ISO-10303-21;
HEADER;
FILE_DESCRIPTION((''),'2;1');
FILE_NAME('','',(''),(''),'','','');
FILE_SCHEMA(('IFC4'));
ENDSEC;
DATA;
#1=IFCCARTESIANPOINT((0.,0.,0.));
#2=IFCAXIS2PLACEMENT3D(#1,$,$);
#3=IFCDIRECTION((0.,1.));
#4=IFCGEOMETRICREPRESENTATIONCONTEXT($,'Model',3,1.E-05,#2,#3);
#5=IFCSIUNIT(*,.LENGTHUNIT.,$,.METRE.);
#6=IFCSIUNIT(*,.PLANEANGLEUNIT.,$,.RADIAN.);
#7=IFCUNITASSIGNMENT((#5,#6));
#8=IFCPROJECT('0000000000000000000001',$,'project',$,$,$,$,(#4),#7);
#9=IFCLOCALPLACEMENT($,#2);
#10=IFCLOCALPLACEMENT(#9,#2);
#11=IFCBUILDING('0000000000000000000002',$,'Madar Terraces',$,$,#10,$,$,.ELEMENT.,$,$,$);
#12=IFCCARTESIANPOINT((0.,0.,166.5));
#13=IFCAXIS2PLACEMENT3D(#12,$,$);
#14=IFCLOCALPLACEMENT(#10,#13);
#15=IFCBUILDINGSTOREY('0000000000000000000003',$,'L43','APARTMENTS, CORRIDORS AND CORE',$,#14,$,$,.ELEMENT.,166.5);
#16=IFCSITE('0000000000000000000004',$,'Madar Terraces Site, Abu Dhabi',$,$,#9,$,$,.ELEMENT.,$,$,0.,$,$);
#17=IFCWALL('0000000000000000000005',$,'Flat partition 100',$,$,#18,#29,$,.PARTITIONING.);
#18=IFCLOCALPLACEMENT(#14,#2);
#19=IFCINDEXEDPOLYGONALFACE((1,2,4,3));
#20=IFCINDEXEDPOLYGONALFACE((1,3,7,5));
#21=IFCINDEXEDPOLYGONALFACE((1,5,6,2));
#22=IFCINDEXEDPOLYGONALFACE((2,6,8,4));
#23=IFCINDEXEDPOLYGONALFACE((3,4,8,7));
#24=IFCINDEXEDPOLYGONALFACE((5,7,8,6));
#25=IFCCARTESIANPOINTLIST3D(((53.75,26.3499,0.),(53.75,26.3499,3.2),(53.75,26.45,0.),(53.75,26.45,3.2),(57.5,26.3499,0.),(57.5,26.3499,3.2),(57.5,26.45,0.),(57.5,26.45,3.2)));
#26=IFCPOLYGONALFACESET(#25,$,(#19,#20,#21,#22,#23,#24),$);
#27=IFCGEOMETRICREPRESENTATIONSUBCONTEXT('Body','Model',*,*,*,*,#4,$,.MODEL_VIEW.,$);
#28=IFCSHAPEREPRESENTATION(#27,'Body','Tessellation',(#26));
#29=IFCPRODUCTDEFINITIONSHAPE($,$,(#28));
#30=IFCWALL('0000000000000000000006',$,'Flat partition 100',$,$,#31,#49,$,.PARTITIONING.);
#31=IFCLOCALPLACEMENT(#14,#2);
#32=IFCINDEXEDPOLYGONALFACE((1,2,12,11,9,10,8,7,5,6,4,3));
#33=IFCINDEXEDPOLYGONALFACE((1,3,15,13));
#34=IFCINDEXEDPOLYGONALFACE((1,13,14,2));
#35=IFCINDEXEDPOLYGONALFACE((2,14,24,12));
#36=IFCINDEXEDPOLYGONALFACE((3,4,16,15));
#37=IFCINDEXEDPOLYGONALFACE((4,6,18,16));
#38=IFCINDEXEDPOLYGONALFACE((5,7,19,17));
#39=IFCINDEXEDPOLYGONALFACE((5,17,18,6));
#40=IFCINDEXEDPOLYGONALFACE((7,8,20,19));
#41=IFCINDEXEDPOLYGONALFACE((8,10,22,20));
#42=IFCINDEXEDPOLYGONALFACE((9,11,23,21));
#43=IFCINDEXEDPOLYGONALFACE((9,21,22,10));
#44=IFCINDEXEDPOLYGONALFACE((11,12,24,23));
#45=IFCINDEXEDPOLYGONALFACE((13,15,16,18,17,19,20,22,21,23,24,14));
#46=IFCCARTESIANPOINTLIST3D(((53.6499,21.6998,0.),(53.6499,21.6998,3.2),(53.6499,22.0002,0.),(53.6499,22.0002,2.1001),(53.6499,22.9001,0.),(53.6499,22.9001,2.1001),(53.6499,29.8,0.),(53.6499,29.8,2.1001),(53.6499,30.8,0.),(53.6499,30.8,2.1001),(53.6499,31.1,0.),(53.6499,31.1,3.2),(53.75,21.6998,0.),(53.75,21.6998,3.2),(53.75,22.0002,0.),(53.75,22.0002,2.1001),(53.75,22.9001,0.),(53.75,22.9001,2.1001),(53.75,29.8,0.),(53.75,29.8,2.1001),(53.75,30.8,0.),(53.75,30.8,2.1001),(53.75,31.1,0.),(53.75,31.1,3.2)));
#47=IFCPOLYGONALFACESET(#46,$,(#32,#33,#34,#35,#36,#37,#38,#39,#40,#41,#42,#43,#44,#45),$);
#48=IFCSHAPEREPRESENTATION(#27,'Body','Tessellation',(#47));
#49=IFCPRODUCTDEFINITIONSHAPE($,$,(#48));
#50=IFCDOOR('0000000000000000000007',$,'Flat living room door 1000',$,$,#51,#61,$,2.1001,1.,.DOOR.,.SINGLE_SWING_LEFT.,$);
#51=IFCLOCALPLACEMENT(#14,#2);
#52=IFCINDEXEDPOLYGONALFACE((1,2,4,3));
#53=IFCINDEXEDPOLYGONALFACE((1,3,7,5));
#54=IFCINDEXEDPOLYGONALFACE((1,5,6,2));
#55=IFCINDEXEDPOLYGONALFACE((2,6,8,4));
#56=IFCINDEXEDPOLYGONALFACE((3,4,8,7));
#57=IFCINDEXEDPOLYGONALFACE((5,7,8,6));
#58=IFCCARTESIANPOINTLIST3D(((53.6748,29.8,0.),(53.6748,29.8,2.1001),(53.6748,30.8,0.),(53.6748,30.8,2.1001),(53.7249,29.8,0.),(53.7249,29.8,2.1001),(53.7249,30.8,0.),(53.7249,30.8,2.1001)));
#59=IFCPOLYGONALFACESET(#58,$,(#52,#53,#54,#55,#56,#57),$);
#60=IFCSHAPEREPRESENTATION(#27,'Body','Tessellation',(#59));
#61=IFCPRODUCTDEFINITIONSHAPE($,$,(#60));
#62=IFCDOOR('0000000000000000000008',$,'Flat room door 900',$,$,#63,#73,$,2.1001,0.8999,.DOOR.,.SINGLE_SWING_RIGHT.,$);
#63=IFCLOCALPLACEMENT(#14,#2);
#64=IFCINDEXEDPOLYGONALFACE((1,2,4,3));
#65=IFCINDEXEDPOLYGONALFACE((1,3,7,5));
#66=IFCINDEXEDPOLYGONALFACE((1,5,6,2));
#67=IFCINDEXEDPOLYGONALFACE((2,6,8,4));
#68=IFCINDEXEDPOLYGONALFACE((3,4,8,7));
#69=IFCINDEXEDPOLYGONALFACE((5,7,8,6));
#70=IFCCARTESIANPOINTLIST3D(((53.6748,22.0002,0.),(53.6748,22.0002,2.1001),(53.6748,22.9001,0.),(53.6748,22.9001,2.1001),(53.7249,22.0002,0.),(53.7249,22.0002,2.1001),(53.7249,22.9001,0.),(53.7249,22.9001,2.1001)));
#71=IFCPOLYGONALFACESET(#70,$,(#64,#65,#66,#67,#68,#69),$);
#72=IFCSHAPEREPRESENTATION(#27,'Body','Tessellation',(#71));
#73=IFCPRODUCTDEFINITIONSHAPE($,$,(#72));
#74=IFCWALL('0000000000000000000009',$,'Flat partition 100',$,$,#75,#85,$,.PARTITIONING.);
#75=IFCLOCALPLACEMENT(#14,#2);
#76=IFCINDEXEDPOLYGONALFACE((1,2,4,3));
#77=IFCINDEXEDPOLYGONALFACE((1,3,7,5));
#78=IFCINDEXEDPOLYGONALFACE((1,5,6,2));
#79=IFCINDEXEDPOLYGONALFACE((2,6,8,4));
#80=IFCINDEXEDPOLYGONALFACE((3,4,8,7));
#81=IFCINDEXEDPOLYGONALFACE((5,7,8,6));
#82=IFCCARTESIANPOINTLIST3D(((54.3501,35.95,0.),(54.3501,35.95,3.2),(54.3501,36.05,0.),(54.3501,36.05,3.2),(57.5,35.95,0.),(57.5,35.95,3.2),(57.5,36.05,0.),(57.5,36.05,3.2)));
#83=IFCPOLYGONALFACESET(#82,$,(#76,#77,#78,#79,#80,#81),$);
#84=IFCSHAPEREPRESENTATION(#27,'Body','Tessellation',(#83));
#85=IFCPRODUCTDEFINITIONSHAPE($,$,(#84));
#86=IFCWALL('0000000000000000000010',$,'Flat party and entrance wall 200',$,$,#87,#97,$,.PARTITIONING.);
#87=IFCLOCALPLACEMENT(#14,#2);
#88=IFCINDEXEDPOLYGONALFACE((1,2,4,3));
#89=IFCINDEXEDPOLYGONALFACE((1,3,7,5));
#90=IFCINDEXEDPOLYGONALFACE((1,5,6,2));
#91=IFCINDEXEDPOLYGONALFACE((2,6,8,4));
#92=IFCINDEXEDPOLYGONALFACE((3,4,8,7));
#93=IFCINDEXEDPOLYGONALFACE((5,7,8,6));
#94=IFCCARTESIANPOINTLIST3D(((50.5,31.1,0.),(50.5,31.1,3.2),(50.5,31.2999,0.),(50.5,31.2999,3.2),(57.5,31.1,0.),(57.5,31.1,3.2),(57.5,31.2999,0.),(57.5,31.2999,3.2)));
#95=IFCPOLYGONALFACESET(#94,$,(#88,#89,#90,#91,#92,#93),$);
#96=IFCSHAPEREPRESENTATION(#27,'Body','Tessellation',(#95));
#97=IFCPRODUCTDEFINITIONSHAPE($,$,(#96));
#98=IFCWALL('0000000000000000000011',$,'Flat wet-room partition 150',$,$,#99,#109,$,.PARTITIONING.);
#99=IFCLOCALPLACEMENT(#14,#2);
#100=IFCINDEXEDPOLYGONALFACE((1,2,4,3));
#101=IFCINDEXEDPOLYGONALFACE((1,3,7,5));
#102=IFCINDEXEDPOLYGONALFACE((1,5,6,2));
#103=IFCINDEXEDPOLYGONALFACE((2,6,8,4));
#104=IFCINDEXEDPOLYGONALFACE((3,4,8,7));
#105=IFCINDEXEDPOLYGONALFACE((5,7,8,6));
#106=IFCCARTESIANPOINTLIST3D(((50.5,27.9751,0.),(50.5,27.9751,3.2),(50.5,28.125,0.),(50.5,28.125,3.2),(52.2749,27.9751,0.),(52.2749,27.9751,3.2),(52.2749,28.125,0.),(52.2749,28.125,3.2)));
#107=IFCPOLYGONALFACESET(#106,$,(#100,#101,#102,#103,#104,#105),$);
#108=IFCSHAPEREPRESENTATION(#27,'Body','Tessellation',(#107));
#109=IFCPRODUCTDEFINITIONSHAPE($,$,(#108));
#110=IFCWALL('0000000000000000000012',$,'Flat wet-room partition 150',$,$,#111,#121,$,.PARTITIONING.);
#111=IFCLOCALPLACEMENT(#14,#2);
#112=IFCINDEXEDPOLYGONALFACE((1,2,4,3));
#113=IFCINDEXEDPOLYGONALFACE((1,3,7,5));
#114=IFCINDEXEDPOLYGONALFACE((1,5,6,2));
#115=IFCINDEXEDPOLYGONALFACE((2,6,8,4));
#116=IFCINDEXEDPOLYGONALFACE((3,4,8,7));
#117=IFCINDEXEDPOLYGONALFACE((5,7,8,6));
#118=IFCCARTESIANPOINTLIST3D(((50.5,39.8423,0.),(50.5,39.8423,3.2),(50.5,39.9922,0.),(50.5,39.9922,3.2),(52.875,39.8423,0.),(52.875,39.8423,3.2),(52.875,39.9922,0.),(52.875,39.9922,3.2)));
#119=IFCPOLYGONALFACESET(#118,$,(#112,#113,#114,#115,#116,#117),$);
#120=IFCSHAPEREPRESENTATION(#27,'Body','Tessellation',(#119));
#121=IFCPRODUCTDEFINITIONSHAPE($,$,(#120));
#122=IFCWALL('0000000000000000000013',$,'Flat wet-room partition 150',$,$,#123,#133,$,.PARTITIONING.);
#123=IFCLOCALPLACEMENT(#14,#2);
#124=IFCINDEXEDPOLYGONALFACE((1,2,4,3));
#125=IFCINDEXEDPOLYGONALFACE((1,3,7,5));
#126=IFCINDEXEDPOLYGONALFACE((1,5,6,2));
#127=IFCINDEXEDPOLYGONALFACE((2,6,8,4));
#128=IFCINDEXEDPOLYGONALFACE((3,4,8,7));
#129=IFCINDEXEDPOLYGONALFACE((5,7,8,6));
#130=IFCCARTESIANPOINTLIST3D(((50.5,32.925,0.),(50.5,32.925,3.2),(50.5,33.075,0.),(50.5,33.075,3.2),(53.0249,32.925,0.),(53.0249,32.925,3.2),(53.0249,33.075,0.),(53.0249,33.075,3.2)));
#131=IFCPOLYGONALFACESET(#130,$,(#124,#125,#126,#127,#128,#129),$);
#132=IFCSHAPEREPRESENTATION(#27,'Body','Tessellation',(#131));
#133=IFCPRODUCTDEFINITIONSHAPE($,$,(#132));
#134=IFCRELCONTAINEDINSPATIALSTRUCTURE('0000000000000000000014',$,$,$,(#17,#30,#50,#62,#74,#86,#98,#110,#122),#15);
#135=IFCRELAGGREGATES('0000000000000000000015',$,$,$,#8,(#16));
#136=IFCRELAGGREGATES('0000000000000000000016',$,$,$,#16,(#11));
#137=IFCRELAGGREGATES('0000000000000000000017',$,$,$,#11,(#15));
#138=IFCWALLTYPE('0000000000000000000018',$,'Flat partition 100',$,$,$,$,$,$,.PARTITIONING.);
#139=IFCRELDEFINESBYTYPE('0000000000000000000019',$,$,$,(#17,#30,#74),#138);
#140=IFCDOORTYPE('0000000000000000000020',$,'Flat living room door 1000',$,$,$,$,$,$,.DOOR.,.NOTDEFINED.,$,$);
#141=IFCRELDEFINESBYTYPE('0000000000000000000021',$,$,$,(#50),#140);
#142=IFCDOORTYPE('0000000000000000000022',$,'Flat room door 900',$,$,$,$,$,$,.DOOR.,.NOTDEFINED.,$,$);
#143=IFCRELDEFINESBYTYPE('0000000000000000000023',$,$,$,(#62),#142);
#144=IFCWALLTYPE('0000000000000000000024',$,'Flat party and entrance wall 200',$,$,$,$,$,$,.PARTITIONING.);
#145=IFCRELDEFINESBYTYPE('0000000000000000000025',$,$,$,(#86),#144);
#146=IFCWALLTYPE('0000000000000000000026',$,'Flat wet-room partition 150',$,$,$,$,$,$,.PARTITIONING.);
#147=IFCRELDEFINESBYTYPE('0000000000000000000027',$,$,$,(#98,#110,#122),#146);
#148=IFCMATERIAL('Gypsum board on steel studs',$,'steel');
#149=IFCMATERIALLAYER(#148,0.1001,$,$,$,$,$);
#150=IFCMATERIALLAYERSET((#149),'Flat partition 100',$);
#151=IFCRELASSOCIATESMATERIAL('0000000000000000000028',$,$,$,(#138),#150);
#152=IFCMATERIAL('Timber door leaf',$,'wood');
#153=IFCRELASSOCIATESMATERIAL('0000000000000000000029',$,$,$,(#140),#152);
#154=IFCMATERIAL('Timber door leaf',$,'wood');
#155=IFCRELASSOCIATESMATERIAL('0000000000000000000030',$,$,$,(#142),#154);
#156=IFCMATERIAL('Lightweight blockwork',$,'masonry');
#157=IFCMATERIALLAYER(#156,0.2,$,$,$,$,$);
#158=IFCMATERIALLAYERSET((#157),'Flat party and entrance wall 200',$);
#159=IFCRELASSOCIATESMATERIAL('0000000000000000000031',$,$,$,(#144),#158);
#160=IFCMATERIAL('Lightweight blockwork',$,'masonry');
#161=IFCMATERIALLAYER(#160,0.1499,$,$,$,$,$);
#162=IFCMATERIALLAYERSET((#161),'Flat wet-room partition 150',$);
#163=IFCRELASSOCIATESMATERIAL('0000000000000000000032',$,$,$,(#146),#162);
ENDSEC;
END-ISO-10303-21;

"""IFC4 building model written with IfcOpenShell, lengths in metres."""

from ifc_helpers import new_model, si_unit, direction, frame, frame_2d, origin, place, context, subcontext, project, spatial, rectangle, extrude, material, layer, layer_set, type_object, element, fill, save


model = new_model("IFC4")

# Units and contexts
model_context = context("Model", 3, precision=1e-05, world=origin(), true_north=direction((0.0, 1.0)))
body_context = subcontext(model_context, "Body", "Model", "MODEL_VIEW")
ifc_project = project(units=[si_unit("LENGTHUNIT", "METRE"), si_unit("PLANEANGLEUNIT", "RADIAN")], contexts=[model_context])

# Site, building, storey
site_placement = place(None, origin())
site = spatial("IfcSite", under=ifc_project, at=site_placement, Name="Madar Terraces Site, Abu Dhabi", CompositionType="ELEMENT", RefElevation=0.0)
building_placement = place(site_placement, origin())
building = spatial("IfcBuilding", under=site, at=building_placement, Name="Madar Terraces", CompositionType="ELEMENT")
storey_placement = place(building_placement, frame((0.0, 0.0, 166.5)))
storey = spatial("IfcBuildingStorey", under=building, at=storey_placement, Name="L43", Description="APARTMENTS, CORRIDORS AND CORE", CompositionType="ELEMENT", Elevation=166.5)

# Wall
ifc_material_1 = material(Name="Gypsum board on steel studs", Category="steel")
ifc_layer_1 = layer(ifc_material_1, 0.1001)
ifc_layer_set_1 = layer_set([ifc_layer_1], Name="Flat partition 100")
wall_type_1 = type_object("IfcWallType", Name="Flat partition 100", PredefinedType="PARTITIONING", material=ifc_layer_set_1)
wall_1_placement = place(storey_placement, frame((53.75, 26.3999, 0.0), z_axis=(0.0, 0.0, 1.0), x_axis=(1.0, 0.0, 0.0)))
element("IfcWall", 1, at=wall_1_placement, inside=storey, type_object=wall_type_1, Name="Flat partition 100", PredefinedType="PARTITIONING", context=body_context, shape_type="SweptSolid", body=[
    extrude(rectangle(XDim=3.75, YDim=0.1001, at=frame_2d((1.875, 0.0))), origin(), (0.0, 0.0, 1.0), 3.2),
])

# Wall, openings, doors
wall_2_placement = place(storey_placement, frame((53.7, 31.1001, 0.0), z_axis=(0.0, 0.0, 1.0), x_axis=(0.0, -1.0, 0.0)))
wall_2 = element("IfcWall", 2, at=wall_2_placement, inside=storey, type_object=wall_type_1, Name="Flat partition 100", PredefinedType="PARTITIONING", context=body_context, shape_type="SweptSolid", body=[
    extrude(rectangle(XDim=9.4001, YDim=0.1001, at=frame_2d((4.7002, 0.0))), origin(), (0.0, 0.0, 1.0), 3.2),
])
opening_1_placement = place(wall_2_placement, frame((8.2, 0.0, 0.0)))
opening_1 = element("IfcOpeningElement", 3, at=opening_1_placement, cuts=wall_2, PredefinedType="OPENING", context=body_context, shape_type="SweptSolid", body=[
    extrude(rectangle(XDim=0.8999, YDim=2.1001, at=frame_2d((0.45, 1.05))), frame((0.0, 0.0601, 0.0), z_axis=(0.0, -1.0, 0.0), x_axis=(1.0, 0.0, 0.0)), (0.0, 0.0, 1.0), 0.1201),
])
opening_2_placement = place(wall_2_placement, frame((0.3, 0.0, 0.0)))
opening_2 = element("IfcOpeningElement", 4, at=opening_2_placement, cuts=wall_2, PredefinedType="OPENING", context=body_context, shape_type="SweptSolid", body=[
    extrude(rectangle(XDim=1.0, YDim=2.1001, at=frame_2d((0.5, 1.05))), frame((0.0, 0.0601, 0.0), z_axis=(0.0, -1.0, 0.0), x_axis=(1.0, 0.0, 0.0)), (0.0, 0.0, 1.0), 0.1201),
])
ifc_material_2 = material(Name="Timber door leaf", Category="wood")
door_type_1 = type_object("IfcDoorType", Name="Flat living room door 1000", OperationType="NOTDEFINED", PredefinedType="DOOR", material=ifc_material_2)
door_1_placement = place(opening_2_placement, origin())
door_1 = element("IfcDoor", 5, at=door_1_placement, inside=storey, type_object=door_type_1, Name="Flat living room door 1000", OperationType="SINGLE_SWING_LEFT", OverallHeight=2.1001, OverallWidth=1.0, PredefinedType="DOOR", context=body_context, shape_type="SweptSolid", body=[
    extrude(rectangle(XDim=1.0, YDim=2.1001, at=frame_2d((0.5, 1.05))), frame((0.0, 0.0249, 0.0), z_axis=(0.0, -1.0, 0.0), x_axis=(1.0, 0.0, 0.0)), (0.0, 0.0, 1.0), 0.05),
])
fill(opening_2, door_1)
ifc_material_3 = material(Name="Timber door leaf", Category="wood")
door_type_2 = type_object("IfcDoorType", Name="Flat room door 900", OperationType="NOTDEFINED", PredefinedType="DOOR", material=ifc_material_3)
door_2_placement = place(opening_1_placement, origin())
door_2 = element("IfcDoor", 6, at=door_2_placement, inside=storey, type_object=door_type_2, Name="Flat room door 900", OperationType="SINGLE_SWING_RIGHT", OverallHeight=2.1001, OverallWidth=0.8999, PredefinedType="DOOR", context=body_context, shape_type="SweptSolid", body=[
    extrude(rectangle(XDim=0.8999, YDim=2.1001, at=frame_2d((0.45, 1.05))), frame((0.0, 0.0249, 0.0), z_axis=(0.0, -1.0, 0.0), x_axis=(1.0, 0.0, 0.0)), (0.0, 0.0, 1.0), 0.05),
])
fill(opening_1, door_2)

# Walls
wall_3_placement = place(storey_placement, frame((54.3501, 36.0, 0.0), z_axis=(0.0, 0.0, 1.0), x_axis=(1.0, 0.0, 0.0)))
element("IfcWall", 7, at=wall_3_placement, inside=storey, type_object=wall_type_1, Name="Flat partition 100", PredefinedType="PARTITIONING", context=body_context, shape_type="SweptSolid", body=[
    extrude(rectangle(XDim=3.1499, YDim=0.1001, at=frame_2d((1.575, 0.0))), origin(), (0.0, 0.0, 1.0), 3.2),
])
ifc_material_4 = material(Name="Lightweight blockwork", Category="masonry")
ifc_layer_2 = layer(ifc_material_4, 0.2)
ifc_layer_set_2 = layer_set([ifc_layer_2], Name="Flat party and entrance wall 200")
wall_type_2 = type_object("IfcWallType", Name="Flat party and entrance wall 200", PredefinedType="PARTITIONING", material=ifc_layer_set_2)
wall_4_placement = place(storey_placement, frame((50.5, 31.2, 0.0), z_axis=(0.0, 0.0, 1.0), x_axis=(1.0, 0.0, 0.0)))
element("IfcWall", 8, at=wall_4_placement, inside=storey, type_object=wall_type_2, Name="Flat party and entrance wall 200", PredefinedType="PARTITIONING", context=body_context, shape_type="SweptSolid", body=[
    extrude(rectangle(XDim=7.0, YDim=0.2, at=frame_2d((3.5, 0.0))), origin(), (0.0, 0.0, 1.0), 3.2),
])
ifc_material_5 = material(Name="Lightweight blockwork", Category="masonry")
ifc_layer_3 = layer(ifc_material_5, 0.1499)
ifc_layer_set_3 = layer_set([ifc_layer_3], Name="Flat wet-room partition 150")
wall_type_3 = type_object("IfcWallType", Name="Flat wet-room partition 150", PredefinedType="PARTITIONING", material=ifc_layer_set_3)
wall_5_placement = place(storey_placement, frame((50.5, 28.05, 0.0), z_axis=(0.0, 0.0, 1.0), x_axis=(1.0, 0.0, 0.0)))
element("IfcWall", 9, at=wall_5_placement, inside=storey, type_object=wall_type_3, Name="Flat wet-room partition 150", PredefinedType="PARTITIONING", context=body_context, shape_type="SweptSolid", body=[
    extrude(rectangle(XDim=1.7749, YDim=0.1499, at=frame_2d((0.8875, 0.0))), origin(), (0.0, 0.0, 1.0), 3.2),
])
wall_6_placement = place(storey_placement, frame((50.5, 39.9172, 0.0), z_axis=(0.0, 0.0, 1.0), x_axis=(1.0, 0.0, 0.0)))
element("IfcWall", 10, at=wall_6_placement, inside=storey, type_object=wall_type_3, Name="Flat wet-room partition 150", PredefinedType="PARTITIONING", context=body_context, shape_type="SweptSolid", body=[
    extrude(rectangle(XDim=2.375, YDim=0.1499, at=frame_2d((1.1875, 0.0))), origin(), (0.0, 0.0, 1.0), 3.2),
])
wall_7_placement = place(storey_placement, frame((50.5, 33.0, 0.0), z_axis=(0.0, 0.0, 1.0), x_axis=(1.0, 0.0, 0.0)))
element("IfcWall", 11, at=wall_7_placement, inside=storey, type_object=wall_type_3, Name="Flat wet-room partition 150", PredefinedType="PARTITIONING", context=body_context, shape_type="SweptSolid", body=[
    extrude(rectangle(XDim=2.5249, YDim=0.1499, at=frame_2d((1.2625, 0.0))), origin(), (0.0, 0.0, 1.0), 3.2),
])

save(model, "model.ifc")
